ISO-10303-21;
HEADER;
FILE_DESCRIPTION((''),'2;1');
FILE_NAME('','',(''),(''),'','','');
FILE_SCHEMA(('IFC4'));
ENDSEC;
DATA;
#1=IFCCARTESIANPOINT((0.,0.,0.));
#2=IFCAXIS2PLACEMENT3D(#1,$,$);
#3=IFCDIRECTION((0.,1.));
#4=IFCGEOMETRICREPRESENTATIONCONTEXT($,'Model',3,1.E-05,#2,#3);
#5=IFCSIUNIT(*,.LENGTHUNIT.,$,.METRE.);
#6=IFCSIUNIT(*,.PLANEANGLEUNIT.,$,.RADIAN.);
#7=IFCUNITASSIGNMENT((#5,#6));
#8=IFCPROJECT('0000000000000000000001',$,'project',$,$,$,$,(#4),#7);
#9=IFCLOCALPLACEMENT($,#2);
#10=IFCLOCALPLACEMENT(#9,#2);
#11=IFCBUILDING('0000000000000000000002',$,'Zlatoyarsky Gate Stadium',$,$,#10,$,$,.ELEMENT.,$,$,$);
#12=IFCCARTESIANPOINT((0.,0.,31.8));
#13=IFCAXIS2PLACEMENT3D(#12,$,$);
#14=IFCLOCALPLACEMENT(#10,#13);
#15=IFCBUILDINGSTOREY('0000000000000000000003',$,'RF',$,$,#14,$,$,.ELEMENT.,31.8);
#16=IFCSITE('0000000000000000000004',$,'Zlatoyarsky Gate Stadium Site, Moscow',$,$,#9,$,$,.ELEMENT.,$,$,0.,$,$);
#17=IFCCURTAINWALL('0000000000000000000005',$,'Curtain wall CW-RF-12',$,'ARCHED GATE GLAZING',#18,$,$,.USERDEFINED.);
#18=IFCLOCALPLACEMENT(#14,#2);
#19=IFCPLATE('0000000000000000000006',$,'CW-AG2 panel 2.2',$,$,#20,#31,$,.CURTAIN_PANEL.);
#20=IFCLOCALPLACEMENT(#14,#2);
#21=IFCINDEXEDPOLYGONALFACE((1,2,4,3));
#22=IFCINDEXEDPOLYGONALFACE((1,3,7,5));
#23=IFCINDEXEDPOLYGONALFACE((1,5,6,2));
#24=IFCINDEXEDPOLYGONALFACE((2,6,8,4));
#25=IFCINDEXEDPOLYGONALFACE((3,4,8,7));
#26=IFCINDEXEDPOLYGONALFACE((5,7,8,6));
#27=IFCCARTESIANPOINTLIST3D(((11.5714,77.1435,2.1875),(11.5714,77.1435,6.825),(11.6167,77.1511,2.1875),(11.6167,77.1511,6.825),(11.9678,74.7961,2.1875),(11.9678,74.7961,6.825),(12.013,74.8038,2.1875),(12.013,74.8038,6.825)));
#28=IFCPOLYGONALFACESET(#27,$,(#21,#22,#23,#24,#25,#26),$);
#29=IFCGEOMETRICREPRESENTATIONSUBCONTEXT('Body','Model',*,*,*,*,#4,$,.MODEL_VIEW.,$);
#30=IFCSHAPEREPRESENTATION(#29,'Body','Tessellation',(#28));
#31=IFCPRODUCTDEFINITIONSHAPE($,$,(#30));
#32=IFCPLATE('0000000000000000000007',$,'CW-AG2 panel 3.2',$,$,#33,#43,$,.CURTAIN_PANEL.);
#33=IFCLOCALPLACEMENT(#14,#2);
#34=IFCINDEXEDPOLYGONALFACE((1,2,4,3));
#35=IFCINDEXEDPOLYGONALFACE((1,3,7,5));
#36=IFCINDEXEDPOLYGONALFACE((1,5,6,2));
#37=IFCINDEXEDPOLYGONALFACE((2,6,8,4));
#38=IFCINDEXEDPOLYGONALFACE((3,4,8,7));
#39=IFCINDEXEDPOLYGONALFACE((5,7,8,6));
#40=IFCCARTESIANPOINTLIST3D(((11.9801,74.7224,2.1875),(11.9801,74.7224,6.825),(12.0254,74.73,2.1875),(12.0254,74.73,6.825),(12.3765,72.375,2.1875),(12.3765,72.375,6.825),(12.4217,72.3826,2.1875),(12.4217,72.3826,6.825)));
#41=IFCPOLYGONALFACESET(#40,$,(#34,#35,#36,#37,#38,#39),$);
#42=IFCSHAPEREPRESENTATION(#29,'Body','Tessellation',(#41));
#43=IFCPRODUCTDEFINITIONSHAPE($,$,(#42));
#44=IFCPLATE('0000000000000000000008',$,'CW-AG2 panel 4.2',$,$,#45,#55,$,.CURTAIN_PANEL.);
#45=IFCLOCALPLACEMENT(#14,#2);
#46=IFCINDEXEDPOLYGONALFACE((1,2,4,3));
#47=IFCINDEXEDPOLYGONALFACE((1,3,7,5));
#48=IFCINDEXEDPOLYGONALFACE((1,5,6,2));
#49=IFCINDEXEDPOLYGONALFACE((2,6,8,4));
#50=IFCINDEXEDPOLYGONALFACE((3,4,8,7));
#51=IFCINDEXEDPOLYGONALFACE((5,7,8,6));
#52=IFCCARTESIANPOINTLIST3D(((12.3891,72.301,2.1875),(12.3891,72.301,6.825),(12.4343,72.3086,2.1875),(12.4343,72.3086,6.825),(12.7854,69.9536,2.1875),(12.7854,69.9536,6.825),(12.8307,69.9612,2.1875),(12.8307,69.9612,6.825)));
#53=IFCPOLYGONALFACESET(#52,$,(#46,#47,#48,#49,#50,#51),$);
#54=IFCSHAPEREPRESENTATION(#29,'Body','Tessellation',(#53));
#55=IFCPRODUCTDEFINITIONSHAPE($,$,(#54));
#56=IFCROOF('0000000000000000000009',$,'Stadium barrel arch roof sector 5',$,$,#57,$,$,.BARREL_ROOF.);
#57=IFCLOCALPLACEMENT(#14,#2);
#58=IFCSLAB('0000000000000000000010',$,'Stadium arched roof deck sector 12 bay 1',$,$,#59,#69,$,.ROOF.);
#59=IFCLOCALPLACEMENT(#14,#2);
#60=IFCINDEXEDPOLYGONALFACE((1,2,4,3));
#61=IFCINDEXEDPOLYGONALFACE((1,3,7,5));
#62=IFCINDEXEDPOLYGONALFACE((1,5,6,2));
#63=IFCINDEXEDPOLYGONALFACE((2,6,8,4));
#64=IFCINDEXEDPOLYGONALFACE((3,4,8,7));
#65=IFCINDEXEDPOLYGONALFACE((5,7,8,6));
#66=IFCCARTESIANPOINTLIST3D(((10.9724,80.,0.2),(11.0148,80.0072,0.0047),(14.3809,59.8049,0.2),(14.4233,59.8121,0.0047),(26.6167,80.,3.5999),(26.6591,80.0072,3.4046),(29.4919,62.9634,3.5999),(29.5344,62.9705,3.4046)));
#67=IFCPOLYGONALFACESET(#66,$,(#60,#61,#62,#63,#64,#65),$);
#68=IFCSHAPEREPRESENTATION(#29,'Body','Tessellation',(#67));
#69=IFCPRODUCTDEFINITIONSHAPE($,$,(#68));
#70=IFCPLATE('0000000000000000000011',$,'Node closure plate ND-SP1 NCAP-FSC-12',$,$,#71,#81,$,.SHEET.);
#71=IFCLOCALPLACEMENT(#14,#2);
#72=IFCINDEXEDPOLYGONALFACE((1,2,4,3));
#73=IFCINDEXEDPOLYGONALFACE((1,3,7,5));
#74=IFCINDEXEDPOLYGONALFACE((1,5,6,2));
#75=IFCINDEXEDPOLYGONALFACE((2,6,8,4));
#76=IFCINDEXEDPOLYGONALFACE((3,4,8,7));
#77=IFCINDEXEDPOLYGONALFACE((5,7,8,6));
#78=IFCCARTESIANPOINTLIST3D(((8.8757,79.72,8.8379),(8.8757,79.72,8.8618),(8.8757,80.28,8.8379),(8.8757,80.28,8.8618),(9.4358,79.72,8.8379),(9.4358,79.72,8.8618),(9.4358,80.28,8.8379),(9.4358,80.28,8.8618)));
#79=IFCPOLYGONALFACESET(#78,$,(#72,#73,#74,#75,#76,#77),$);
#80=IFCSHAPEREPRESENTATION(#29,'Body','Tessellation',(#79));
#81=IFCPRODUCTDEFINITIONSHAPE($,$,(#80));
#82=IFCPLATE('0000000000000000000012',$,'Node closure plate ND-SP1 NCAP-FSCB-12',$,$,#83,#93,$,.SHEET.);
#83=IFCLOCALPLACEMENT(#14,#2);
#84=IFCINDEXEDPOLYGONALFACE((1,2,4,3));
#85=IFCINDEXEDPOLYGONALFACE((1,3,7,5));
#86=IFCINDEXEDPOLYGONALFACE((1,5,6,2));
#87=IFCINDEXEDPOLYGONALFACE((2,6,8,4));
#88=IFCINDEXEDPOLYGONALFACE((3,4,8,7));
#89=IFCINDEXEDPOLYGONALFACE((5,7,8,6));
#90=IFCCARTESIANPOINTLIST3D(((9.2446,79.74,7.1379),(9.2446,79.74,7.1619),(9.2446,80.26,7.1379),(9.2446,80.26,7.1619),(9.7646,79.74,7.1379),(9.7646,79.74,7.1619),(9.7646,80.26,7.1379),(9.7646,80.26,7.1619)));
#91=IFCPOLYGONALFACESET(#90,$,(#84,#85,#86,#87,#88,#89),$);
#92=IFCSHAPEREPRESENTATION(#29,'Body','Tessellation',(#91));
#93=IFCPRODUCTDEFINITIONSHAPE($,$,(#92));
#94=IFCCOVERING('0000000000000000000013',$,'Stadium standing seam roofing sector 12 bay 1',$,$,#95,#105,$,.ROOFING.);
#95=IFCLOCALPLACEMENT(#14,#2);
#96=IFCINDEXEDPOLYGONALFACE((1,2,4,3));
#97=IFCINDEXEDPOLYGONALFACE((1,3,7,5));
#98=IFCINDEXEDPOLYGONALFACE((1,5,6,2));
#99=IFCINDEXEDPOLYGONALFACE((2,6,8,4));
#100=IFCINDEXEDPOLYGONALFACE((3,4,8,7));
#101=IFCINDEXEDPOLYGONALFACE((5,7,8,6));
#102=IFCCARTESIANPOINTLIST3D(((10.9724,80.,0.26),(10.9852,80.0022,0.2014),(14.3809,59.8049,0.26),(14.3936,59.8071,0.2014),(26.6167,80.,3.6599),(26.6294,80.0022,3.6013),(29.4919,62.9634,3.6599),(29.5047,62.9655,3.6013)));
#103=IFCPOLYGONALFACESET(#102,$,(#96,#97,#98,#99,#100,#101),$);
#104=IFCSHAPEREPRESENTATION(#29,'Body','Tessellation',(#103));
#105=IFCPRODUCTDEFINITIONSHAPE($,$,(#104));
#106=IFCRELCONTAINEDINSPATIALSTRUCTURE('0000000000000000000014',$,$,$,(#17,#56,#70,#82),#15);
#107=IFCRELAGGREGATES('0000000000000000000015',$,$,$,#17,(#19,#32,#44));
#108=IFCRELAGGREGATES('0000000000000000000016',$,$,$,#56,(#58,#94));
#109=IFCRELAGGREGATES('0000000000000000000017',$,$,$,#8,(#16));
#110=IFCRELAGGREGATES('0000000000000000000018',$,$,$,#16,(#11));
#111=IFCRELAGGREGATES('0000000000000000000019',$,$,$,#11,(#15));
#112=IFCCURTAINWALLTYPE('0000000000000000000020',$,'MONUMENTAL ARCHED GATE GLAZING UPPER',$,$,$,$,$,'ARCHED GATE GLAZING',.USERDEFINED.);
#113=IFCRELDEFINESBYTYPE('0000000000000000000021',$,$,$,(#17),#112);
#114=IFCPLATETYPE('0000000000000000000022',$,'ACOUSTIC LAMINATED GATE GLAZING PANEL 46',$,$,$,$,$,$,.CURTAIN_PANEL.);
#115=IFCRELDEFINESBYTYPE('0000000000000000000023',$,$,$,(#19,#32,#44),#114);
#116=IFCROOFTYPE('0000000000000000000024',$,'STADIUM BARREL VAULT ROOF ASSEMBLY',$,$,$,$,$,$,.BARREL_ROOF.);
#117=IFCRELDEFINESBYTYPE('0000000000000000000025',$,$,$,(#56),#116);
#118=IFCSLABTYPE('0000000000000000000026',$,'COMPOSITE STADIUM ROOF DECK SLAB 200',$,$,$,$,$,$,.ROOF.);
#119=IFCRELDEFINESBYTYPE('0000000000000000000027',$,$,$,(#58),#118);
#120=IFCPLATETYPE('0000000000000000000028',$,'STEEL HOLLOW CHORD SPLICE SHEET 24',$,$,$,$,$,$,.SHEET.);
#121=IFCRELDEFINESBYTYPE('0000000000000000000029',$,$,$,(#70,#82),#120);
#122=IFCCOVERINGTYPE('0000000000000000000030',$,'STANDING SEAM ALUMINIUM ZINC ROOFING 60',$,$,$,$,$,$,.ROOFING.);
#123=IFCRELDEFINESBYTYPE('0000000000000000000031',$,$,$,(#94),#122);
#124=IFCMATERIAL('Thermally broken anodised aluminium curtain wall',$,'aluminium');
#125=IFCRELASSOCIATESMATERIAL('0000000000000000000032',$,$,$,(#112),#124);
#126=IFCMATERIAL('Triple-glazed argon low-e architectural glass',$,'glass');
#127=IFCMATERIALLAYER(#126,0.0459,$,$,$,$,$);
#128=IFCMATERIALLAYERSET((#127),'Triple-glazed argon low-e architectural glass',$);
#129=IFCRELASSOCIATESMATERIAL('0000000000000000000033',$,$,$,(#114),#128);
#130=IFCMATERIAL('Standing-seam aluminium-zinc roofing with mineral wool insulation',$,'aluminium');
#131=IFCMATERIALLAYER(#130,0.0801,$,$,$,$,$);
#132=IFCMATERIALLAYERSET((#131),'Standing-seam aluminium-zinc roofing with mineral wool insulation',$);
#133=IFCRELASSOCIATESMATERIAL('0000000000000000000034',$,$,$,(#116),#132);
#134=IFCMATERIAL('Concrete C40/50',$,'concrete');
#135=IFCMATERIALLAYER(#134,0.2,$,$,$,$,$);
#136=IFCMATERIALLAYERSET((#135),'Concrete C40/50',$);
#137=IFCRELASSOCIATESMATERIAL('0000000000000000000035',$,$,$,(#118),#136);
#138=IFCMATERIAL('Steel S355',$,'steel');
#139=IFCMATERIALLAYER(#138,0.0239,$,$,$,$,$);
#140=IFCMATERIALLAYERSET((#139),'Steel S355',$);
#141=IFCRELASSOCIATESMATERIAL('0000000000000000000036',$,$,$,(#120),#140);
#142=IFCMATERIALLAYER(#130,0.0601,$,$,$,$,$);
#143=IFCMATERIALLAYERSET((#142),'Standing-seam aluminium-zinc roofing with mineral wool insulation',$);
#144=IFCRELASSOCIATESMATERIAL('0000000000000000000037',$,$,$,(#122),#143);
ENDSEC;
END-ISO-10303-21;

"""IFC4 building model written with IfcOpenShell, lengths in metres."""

from ifc_helpers import new_model, si_unit, direction, frame, origin, origin_2d, place, context, subcontext, project, spatial, polyline, rectangle, outline, extrude, material, layer, layer_set, type_object, element, aggregate, save


model = new_model("IFC4")

# Units and contexts
model_context = context("Model", 3, precision=1e-05, world=origin(), true_north=direction((0.0, 1.0)))
body_context = subcontext(model_context, "Body", "Model", "MODEL_VIEW")
ifc_project = project(units=[si_unit("LENGTHUNIT", "METRE"), si_unit("PLANEANGLEUNIT", "RADIAN")], contexts=[model_context])

# Site, building, storey
site_placement = place(None, origin())
site = spatial("IfcSite", under=ifc_project, at=site_placement, Name="Zlatoyarsky Gate Stadium Site, Moscow", CompositionType="ELEMENT", RefElevation=0.0)
building_placement = place(site_placement, origin())
building = spatial("IfcBuilding", under=site, at=building_placement, Name="Zlatoyarsky Gate Stadium", CompositionType="ELEMENT")
storey_placement = place(building_placement, frame((0.0, 0.0, 31.8)))
storey = spatial("IfcBuildingStorey", under=building, at=storey_placement, Name="RF", CompositionType="ELEMENT", Elevation=31.8)

# Curtain wall
ifc_material_1 = material(Name="Thermally broken anodised aluminium curtain wall", Category="aluminium")
curtain_wall_type = type_object("IfcCurtainWallType", Name="MONUMENTAL ARCHED GATE GLAZING UPPER", ElementType="ARCHED GATE GLAZING", PredefinedType="USERDEFINED", material=ifc_material_1)
curtain_wall_placement = place(storey_placement, origin())
curtain_wall = element("IfcCurtainWall", 1, at=curtain_wall_placement, inside=storey, type_object=curtain_wall_type, Name="Curtain wall CW-RF-12", ObjectType="ARCHED GATE GLAZING", PredefinedType="USERDEFINED")

# Shared definitions
ifc_material_2 = material(Name="Steel S355", Category="steel")

# Plates
ifc_material_3 = material(Name="Triple-glazed argon low-e architectural glass", Category="glass")
ifc_layer_1 = layer(ifc_material_3, 0.0459)
ifc_layer_set_1 = layer_set([ifc_layer_1], Name="Triple-glazed argon low-e architectural glass")
plate_type_1 = type_object("IfcPlateType", Name="ACOUSTIC LAMINATED GATE GLAZING PANEL 46", PredefinedType="CURTAIN_PANEL", material=ifc_layer_set_1)
plate_1_placement = place(storey_placement, frame((11.7922, 75.9736, 2.1875), z_axis=(0.0, 0.0, 1.0), x_axis=(0.166482, -0.986044, 0.0)))
plate_1 = element("IfcPlate", 2, at=plate_1_placement, type_object=plate_type_1, Name="CW-AG2 panel 2.2", PredefinedType="CURTAIN_PANEL", context=body_context, shape_type="SweptSolid", body=[
    extrude(rectangle(XDim=2.3806, YDim=0.0459, at=origin_2d()), origin(), (0.0, 0.0, 1.0), 4.6375),
])
plate_2_placement = place(storey_placement, frame((12.2009, 73.5525, 2.1875), z_axis=(0.0, 0.0, 1.0), x_axis=(0.166482, -0.986044, 0.0)))
plate_2 = element("IfcPlate", 3, at=plate_2_placement, type_object=plate_type_1, Name="CW-AG2 panel 3.2", PredefinedType="CURTAIN_PANEL", context=body_context, shape_type="SweptSolid", body=[
    extrude(rectangle(XDim=2.3806, YDim=0.0459, at=origin_2d()), origin(), (0.0, 0.0, 1.0), 4.6375),
])
plate_3_placement = place(storey_placement, frame((12.6099, 71.1311, 2.1875), z_axis=(0.0, 0.0, 1.0), x_axis=(0.166482, -0.986044, 0.0)))
plate_3 = element("IfcPlate", 4, at=plate_3_placement, type_object=plate_type_1, Name="CW-AG2 panel 4.2", PredefinedType="CURTAIN_PANEL", context=body_context, shape_type="SweptSolid", body=[
    extrude(rectangle(XDim=2.3806, YDim=0.0459, at=origin_2d()), origin(), (0.0, 0.0, 1.0), 4.6375),
])
aggregate(curtain_wall, [plate_1, plate_2, plate_3])

# Roof, slab
ifc_material_4 = material(Name="Standing-seam aluminium-zinc roofing with mineral wool insulation", Category="aluminium")
ifc_layer_2 = layer(ifc_material_4, 0.0801)
ifc_layer_set_2 = layer_set([ifc_layer_2], Name="Standing-seam aluminium-zinc roofing with mineral wool insulation")
roof_type = type_object("IfcRoofType", Name="STADIUM BARREL VAULT ROOF ASSEMBLY", PredefinedType="BARREL_ROOF", material=ifc_layer_set_2)
roof_placement = place(storey_placement, origin())
roof = element("IfcRoof", 5, at=roof_placement, inside=storey, type_object=roof_type, Name="Stadium barrel arch roof sector 5", PredefinedType="BARREL_ROOF")
ifc_material_5 = material(Name="Concrete C40/50", Category="concrete")
ifc_layer_3 = layer(ifc_material_5, 0.2)
ifc_layer_set_3 = layer_set([ifc_layer_3], Name="Concrete C40/50")
slab_type = type_object("IfcSlabType", Name="COMPOSITE STADIUM ROOF DECK SLAB 200", PredefinedType="ROOF", material=ifc_layer_set_3)
slab_placement = place(storey_placement, frame((10.9724, 80.0, 0.2), z_axis=(-0.212233, -0.035819, 0.976562), x_axis=(0.166422, -0.986055, 0.000001)))
slab = element("IfcSlab", 6, at=slab_placement, type_object=slab_type, Name="Stadium arched roof deck sector 12 bay 1", PredefinedType="ROOF", context=body_context, shape_type="SweptSolid", body=[
    extrude(outline(polyline([(0.0, 0.0), (20.4807, 0.0), (19.8811, 15.7962), (2.6036, 15.7963), (0.0, 0.0)])), origin(), (0.0, 0.0, -1.0), 0.2),
])

# Plates
ifc_layer_4 = layer(ifc_material_2, 0.0239)
ifc_layer_set_4 = layer_set([ifc_layer_4], Name="Steel S355")
plate_type_2 = type_object("IfcPlateType", Name="STEEL HOLLOW CHORD SPLICE SHEET 24", PredefinedType="SHEET", material=ifc_layer_set_4)
plate_4_placement = place(storey_placement, frame((9.1558, 80.0, 8.8379), z_axis=(0.0, 0.0, 1.0), x_axis=(1.0, 0.0, 0.0)))
element("IfcPlate", 7, at=plate_4_placement, inside=storey, type_object=plate_type_2, Name="Node closure plate ND-SP1 NCAP-FSC-12", PredefinedType="SHEET", context=body_context, shape_type="SweptSolid", body=[
    extrude(rectangle(XDim=0.5601, YDim=0.5601, at=origin_2d()), origin(), (0.0, 0.0, 1.0), 0.0239),
])
plate_5_placement = place(storey_placement, frame((9.5046, 80.0, 7.1379), z_axis=(0.0, 0.0, 1.0), x_axis=(1.0, 0.0, 0.0)))
element("IfcPlate", 8, at=plate_5_placement, inside=storey, type_object=plate_type_2, Name="Node closure plate ND-SP1 NCAP-FSCB-12", PredefinedType="SHEET", context=body_context, shape_type="SweptSolid", body=[
    extrude(rectangle(XDim=0.52, YDim=0.52, at=origin_2d()), origin(), (0.0, 0.0, 1.0), 0.0239),
])

# Covering
ifc_layer_5 = layer(ifc_material_4, 0.0601)
ifc_layer_set_5 = layer_set([ifc_layer_5], Name="Standing-seam aluminium-zinc roofing with mineral wool insulation")
covering_type = type_object("IfcCoveringType", Name="STANDING SEAM ALUMINIUM ZINC ROOFING 60", PredefinedType="ROOFING", material=ifc_layer_set_5)
covering_placement = place(storey_placement, frame((10.9724, 80.0, 0.26), z_axis=(-0.212233, -0.035819, 0.976562), x_axis=(0.166422, -0.986055, 0.000001)))
covering = element("IfcCovering", 9, at=covering_placement, type_object=covering_type, Name="Stadium standing seam roofing sector 12 bay 1", PredefinedType="ROOFING", context=body_context, shape_type="SweptSolid", body=[
    extrude(outline(polyline([(0.0, 0.0), (20.4807, 0.0), (19.8811, 15.7962), (2.6036, 15.7963), (0.0, 0.0)])), origin(), (0.0, 0.0, -1.0), 0.0601),
])
aggregate(roof, [slab, covering])

save(model, "model.ifc")
